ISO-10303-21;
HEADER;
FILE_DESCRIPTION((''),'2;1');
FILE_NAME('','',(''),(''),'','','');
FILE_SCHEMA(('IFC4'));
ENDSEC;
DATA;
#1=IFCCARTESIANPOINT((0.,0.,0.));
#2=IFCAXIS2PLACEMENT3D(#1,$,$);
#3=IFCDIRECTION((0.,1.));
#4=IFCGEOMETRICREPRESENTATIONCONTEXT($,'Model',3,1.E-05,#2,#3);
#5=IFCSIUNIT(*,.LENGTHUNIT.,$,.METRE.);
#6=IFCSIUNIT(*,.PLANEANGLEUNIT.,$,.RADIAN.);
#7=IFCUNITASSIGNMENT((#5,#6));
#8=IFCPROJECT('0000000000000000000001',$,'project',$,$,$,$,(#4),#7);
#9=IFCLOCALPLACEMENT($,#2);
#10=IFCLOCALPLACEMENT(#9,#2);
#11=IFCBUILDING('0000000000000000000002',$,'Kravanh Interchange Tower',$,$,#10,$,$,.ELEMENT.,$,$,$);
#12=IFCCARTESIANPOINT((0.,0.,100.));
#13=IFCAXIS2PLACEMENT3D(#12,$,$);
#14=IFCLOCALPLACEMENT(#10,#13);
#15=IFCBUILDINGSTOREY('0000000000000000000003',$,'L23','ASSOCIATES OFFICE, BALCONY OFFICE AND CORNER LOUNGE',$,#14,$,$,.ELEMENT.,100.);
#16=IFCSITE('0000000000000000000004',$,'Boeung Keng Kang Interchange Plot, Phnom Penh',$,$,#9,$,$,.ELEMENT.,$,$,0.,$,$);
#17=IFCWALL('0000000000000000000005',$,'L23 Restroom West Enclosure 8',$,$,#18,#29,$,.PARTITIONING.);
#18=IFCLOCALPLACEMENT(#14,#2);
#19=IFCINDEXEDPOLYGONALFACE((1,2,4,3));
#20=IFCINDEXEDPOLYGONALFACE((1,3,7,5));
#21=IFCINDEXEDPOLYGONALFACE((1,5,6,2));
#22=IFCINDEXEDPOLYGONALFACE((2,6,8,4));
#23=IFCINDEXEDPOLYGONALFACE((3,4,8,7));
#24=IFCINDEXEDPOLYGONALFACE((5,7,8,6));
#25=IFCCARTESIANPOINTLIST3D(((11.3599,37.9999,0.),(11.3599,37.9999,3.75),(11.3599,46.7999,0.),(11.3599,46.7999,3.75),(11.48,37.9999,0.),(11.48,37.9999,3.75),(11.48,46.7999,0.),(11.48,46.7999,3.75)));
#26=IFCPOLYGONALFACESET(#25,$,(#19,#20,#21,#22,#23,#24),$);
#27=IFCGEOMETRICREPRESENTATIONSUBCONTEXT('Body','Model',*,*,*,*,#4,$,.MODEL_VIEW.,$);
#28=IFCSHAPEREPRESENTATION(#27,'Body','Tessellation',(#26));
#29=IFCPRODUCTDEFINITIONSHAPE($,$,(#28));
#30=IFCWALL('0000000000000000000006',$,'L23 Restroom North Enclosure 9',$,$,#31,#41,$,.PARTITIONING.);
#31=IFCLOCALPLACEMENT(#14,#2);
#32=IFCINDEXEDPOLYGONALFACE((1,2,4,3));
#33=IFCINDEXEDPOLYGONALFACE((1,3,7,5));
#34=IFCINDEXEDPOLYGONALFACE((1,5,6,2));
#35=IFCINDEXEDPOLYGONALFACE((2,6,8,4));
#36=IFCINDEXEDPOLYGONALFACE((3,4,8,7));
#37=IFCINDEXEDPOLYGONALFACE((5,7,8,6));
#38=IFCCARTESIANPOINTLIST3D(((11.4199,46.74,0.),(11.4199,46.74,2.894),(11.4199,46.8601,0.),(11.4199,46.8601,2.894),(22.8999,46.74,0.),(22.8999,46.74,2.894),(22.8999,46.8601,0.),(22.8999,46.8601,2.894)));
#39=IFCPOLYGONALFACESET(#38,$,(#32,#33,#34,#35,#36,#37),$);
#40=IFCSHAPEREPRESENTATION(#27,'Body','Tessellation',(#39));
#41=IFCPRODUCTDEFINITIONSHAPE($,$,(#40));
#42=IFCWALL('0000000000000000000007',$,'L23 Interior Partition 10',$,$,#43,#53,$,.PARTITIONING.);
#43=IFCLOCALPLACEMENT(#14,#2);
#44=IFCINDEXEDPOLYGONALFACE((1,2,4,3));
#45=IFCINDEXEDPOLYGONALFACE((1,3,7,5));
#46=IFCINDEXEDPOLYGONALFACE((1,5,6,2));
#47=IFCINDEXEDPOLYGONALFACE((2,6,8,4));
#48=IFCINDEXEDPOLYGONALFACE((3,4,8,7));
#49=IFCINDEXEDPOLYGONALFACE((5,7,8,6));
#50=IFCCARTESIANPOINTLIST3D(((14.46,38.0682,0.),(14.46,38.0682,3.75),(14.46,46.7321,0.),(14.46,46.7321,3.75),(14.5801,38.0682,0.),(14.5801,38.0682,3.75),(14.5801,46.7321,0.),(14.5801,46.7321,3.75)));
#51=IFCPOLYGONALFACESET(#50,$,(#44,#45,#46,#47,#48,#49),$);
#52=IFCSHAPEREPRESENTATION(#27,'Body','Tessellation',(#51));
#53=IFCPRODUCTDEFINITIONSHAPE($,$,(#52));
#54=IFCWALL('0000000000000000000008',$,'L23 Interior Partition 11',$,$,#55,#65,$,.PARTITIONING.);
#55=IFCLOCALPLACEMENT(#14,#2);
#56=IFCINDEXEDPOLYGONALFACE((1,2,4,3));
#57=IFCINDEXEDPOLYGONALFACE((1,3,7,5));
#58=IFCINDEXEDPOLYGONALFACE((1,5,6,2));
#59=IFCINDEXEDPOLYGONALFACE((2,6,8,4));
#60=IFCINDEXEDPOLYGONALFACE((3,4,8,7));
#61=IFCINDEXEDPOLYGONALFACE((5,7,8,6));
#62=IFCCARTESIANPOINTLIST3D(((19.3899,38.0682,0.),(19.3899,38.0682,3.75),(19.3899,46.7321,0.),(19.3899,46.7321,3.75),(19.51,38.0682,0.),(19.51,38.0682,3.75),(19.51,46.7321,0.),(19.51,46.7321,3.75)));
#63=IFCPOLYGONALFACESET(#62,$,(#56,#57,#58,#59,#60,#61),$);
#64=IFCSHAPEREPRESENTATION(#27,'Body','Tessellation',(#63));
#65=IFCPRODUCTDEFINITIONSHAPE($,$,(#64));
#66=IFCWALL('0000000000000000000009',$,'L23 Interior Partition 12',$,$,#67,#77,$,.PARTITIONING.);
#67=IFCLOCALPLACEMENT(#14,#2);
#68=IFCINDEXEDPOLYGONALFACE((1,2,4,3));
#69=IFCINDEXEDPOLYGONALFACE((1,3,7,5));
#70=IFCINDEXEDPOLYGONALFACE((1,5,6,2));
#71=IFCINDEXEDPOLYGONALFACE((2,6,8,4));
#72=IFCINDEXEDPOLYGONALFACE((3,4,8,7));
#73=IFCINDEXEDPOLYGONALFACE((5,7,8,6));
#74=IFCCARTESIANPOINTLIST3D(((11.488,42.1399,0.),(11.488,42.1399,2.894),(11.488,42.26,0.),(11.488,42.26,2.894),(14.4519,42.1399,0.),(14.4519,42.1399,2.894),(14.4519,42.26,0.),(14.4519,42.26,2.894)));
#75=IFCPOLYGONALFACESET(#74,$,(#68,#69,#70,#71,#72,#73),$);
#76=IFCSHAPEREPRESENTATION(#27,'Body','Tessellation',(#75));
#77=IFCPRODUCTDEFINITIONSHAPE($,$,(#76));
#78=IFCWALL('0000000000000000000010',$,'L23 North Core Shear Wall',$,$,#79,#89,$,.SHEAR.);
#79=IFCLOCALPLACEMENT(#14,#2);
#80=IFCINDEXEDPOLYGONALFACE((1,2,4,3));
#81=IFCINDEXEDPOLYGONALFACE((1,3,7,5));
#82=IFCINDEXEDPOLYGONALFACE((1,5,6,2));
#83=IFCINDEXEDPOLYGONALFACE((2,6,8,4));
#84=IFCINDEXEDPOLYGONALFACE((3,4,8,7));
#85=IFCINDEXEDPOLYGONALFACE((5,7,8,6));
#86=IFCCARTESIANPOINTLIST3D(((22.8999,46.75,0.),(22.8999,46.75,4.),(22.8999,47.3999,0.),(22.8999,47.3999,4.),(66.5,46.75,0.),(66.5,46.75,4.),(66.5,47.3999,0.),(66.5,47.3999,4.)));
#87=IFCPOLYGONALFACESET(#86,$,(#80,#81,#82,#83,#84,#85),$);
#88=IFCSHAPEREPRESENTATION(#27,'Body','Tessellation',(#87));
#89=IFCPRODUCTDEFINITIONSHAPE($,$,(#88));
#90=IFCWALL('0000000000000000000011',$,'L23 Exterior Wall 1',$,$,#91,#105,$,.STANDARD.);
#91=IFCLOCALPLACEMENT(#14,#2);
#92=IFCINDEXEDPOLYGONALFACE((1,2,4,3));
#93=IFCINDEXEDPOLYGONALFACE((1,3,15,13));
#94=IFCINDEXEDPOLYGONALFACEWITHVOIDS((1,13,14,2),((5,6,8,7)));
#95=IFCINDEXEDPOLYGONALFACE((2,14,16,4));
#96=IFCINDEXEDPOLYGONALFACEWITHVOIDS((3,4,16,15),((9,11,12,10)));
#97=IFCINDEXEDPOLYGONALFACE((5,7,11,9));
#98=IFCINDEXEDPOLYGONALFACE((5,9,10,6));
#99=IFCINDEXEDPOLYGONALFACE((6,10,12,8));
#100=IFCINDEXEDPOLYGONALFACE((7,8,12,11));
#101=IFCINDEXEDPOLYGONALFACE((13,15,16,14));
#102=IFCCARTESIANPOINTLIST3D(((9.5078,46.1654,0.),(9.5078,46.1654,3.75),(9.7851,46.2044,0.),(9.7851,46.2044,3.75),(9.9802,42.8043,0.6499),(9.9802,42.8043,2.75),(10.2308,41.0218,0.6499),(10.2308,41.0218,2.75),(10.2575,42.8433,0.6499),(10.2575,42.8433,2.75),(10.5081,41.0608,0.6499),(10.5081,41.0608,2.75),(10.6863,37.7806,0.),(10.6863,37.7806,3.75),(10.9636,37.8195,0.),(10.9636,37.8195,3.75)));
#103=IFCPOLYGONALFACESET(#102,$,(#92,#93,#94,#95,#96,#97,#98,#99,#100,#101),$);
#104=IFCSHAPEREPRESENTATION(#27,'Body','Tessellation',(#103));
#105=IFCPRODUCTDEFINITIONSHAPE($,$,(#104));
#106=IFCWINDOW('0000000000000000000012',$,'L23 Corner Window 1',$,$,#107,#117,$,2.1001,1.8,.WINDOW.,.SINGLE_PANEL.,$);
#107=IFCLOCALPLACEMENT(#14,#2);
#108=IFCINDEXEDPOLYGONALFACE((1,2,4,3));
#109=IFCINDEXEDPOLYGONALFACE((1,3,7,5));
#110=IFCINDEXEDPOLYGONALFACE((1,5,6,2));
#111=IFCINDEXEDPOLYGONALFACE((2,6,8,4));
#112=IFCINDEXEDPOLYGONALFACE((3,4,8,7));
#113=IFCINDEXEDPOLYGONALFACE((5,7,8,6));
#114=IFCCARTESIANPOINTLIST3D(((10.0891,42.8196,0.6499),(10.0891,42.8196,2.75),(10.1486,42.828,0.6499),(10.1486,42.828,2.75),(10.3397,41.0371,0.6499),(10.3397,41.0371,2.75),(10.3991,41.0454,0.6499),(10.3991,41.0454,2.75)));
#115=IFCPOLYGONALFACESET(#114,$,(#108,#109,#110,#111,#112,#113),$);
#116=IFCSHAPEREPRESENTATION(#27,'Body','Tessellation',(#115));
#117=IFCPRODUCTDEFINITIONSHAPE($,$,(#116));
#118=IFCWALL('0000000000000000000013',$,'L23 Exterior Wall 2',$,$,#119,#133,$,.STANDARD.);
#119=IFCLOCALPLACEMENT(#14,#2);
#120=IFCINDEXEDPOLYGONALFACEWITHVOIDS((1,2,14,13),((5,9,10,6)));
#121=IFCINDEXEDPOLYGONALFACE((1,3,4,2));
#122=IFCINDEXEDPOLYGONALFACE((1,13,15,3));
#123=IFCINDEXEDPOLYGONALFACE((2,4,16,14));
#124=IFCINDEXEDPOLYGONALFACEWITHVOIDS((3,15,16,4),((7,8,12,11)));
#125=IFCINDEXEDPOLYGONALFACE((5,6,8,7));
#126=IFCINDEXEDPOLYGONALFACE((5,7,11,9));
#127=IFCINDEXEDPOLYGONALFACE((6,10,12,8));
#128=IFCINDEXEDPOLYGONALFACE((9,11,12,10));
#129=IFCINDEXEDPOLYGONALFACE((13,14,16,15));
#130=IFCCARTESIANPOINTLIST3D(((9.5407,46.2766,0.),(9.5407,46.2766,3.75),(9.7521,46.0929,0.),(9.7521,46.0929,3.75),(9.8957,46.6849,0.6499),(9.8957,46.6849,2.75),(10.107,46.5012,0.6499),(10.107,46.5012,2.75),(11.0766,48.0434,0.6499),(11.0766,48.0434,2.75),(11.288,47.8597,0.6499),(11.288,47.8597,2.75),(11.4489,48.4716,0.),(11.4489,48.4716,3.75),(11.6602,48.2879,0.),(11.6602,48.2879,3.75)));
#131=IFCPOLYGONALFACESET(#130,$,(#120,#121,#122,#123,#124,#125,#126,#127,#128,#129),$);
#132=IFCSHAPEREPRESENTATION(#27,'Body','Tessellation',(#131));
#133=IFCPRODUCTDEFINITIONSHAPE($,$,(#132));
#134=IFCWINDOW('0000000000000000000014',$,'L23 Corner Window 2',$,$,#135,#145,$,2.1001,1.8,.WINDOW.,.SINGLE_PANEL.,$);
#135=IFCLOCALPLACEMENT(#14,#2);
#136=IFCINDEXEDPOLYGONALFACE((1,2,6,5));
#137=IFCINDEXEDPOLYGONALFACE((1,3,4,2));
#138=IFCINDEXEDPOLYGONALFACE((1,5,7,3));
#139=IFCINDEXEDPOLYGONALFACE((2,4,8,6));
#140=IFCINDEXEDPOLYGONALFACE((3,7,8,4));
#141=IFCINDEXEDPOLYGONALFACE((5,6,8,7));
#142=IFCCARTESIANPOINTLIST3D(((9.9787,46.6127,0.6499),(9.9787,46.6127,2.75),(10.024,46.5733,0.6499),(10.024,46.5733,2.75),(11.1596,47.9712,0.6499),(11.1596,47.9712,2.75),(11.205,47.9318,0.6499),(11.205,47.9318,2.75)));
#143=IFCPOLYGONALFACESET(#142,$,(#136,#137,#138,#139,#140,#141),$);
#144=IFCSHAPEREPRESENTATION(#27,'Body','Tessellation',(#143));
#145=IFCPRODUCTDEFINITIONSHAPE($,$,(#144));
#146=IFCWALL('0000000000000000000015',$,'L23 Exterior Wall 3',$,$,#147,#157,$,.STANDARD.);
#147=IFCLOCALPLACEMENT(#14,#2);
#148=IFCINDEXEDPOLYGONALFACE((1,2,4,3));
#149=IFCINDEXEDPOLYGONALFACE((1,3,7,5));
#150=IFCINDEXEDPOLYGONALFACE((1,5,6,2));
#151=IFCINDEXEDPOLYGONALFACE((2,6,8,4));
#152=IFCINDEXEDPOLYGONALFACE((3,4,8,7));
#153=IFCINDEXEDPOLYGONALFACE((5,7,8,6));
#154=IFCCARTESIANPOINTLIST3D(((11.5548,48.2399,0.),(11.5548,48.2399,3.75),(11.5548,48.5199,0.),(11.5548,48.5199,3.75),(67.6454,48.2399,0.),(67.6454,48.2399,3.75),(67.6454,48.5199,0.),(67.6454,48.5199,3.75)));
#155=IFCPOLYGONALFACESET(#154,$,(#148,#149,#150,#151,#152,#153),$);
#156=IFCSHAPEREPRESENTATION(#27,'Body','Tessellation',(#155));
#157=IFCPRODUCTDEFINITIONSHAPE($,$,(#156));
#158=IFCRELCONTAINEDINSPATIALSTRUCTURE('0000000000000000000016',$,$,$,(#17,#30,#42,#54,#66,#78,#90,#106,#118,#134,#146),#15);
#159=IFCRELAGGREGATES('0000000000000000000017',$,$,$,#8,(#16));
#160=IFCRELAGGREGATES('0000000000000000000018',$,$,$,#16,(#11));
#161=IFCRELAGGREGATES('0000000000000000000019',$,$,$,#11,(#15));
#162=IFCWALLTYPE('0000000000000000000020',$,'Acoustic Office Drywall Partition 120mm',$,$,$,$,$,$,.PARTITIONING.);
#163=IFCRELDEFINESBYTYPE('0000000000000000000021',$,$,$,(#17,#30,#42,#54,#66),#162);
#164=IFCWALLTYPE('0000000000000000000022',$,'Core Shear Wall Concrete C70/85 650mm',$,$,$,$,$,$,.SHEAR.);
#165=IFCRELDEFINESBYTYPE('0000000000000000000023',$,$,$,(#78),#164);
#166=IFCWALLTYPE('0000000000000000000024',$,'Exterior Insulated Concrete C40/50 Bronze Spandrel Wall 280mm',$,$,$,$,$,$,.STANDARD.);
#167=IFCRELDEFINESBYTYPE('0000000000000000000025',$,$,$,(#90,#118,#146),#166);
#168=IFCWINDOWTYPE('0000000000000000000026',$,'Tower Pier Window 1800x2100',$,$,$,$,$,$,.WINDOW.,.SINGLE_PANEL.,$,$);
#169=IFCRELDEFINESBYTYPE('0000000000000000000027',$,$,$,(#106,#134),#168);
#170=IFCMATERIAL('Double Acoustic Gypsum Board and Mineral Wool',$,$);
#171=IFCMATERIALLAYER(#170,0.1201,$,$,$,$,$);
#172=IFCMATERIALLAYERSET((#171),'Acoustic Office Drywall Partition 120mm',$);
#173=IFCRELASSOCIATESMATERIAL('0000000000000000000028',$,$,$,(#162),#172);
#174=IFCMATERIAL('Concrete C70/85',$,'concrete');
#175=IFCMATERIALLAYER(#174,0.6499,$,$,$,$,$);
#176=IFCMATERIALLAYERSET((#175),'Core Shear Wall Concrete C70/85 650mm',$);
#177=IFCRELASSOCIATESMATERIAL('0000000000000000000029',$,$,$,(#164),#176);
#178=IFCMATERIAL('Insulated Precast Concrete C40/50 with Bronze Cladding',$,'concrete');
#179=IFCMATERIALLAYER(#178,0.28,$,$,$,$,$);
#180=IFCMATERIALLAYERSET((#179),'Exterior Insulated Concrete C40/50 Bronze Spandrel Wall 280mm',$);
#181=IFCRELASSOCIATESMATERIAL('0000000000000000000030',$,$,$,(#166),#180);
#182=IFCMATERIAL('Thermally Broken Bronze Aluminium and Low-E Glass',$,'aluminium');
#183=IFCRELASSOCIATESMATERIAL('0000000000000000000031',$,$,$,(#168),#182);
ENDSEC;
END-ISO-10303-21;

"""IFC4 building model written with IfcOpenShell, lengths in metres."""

from ifc_helpers import new_model, si_unit, direction, frame, frame_2d, origin, place, context, subcontext, project, spatial, rectangle, extrude, material, layer, layer_set, type_object, element, fill, save


model = new_model("IFC4")

# Units and contexts
model_context = context("Model", 3, precision=1e-05, world=origin(), true_north=direction((0.0, 1.0)))
body_context = subcontext(model_context, "Body", "Model", "MODEL_VIEW")
ifc_project = project(units=[si_unit("LENGTHUNIT", "METRE"), si_unit("PLANEANGLEUNIT", "RADIAN")], contexts=[model_context])

# Site, building, storey
site_placement = place(None, origin())
site = spatial("IfcSite", under=ifc_project, at=site_placement, Name="Boeung Keng Kang Interchange Plot, Phnom Penh", CompositionType="ELEMENT", RefElevation=0.0)
building_placement = place(site_placement, origin())
building = spatial("IfcBuilding", under=site, at=building_placement, Name="Kravanh Interchange Tower", CompositionType="ELEMENT")
storey_placement = place(building_placement, frame((0.0, 0.0, 100.0)))
storey = spatial("IfcBuildingStorey", under=building, at=storey_placement, Name="L23", Description="ASSOCIATES OFFICE, BALCONY OFFICE AND CORNER LOUNGE", CompositionType="ELEMENT", Elevation=100.0)

# Shared definitions
ifc_material_1 = material(Name="Double Acoustic Gypsum Board and Mineral Wool")
ifc_layer_1 = layer(ifc_material_1, 0.1201)
ifc_layer_set_1 = layer_set([ifc_layer_1], Name="Acoustic Office Drywall Partition 120mm")
wall_type_1 = type_object("IfcWallType", Name="Acoustic Office Drywall Partition 120mm", PredefinedType="PARTITIONING", material=ifc_layer_set_1)

# Walls
wall_1_placement = place(storey_placement, frame((11.4199, 38.0, 0.0), z_axis=(0.0, 0.0, 1.0), x_axis=(0.0, 1.0, 0.0)))
element("IfcWall", 1, at=wall_1_placement, inside=storey, type_object=wall_type_1, Name="L23 Restroom West Enclosure 8", PredefinedType="PARTITIONING", context=body_context, shape_type="SweptSolid", body=[
    extrude(rectangle(XDim=8.8, YDim=0.1201, at=frame_2d((4.3999, 0.0))), origin(), (0.0, 0.0, 1.0), 3.75),
])
wall_2_placement = place(storey_placement, frame((11.4199, 46.8, 0.0), z_axis=(0.0, 0.0, 1.0), x_axis=(1.0, 0.0, 0.0)))
element("IfcWall", 2, at=wall_2_placement, inside=storey, type_object=wall_type_1, Name="L23 Restroom North Enclosure 9", PredefinedType="PARTITIONING", context=body_context, shape_type="SweptSolid", body=[
    extrude(rectangle(XDim=11.48, YDim=0.1201, at=frame_2d((5.74, 0.0))), origin(), (0.0, 0.0, 1.0), 2.894),
])
for number, where, z_axis, x_axis, name in (
    (3, (14.52, 38.0681, 0.0), (0.0, 0.0, 1.0), (0.0, 1.0, 0.0), "L23 Interior Partition 10"),
    (4, (19.45, 38.0681, 0.0), (0.0, 0.0, 1.0), (0.0, 1.0, 0.0), "L23 Interior Partition 11"),
):
    element("IfcWall", number, at=place(storey_placement, frame(where, z_axis=z_axis, x_axis=x_axis)), inside=storey, type_object=wall_type_1, Name=name, PredefinedType="PARTITIONING", context=body_context, shape_type="SweptSolid", body=[
        extrude(rectangle(XDim=8.6638, YDim=0.1201, at=frame_2d((4.332, 0.0))), origin(), (0.0, 0.0, 1.0), 3.75),
    ])
wall_3_placement = place(storey_placement, frame((11.488, 42.2, 0.0), z_axis=(0.0, 0.0, 1.0), x_axis=(1.0, 0.0, 0.0)))
element("IfcWall", 5, at=wall_3_placement, inside=storey, type_object=wall_type_1, Name="L23 Interior Partition 12", PredefinedType="PARTITIONING", context=body_context, shape_type="SweptSolid", body=[
    extrude(rectangle(XDim=2.9639, YDim=0.1201, at=frame_2d((1.4819, 0.0))), origin(), (0.0, 0.0, 1.0), 2.894),
])
ifc_material_2 = material(Name="Concrete C70/85", Category="concrete")
ifc_layer_2 = layer(ifc_material_2, 0.6499)
ifc_layer_set_2 = layer_set([ifc_layer_2], Name="Core Shear Wall Concrete C70/85 650mm")
wall_type_2 = type_object("IfcWallType", Name="Core Shear Wall Concrete C70/85 650mm", PredefinedType="SHEAR", material=ifc_layer_set_2)
wall_4_placement = place(storey_placement, frame((22.8999, 47.075, 0.0), z_axis=(0.0, 0.0, 1.0), x_axis=(1.0, 0.0, 0.0)))
element("IfcWall", 6, at=wall_4_placement, inside=storey, type_object=wall_type_2, Name="L23 North Core Shear Wall", PredefinedType="SHEAR", context=body_context, shape_type="SweptSolid", body=[
    extrude(rectangle(XDim=43.6001, YDim=0.6499, at=frame_2d((21.8, 0.0))), origin(), (0.0, 0.0, 1.0), 4.0),
])

# Walls, openings, windows
ifc_material_3 = material(Name="Insulated Precast Concrete C40/50 with Bronze Cladding", Category="concrete")
ifc_layer_3 = layer(ifc_material_3, 0.28)
ifc_layer_set_3 = layer_set([ifc_layer_3], Name="Exterior Insulated Concrete C40/50 Bronze Spandrel Wall 280mm")
wall_type_3 = type_object("IfcWallType", Name="Exterior Insulated Concrete C40/50 Bronze Spandrel Wall 280mm", PredefinedType="STANDARD", material=ifc_layer_set_3)
wall_5_placement = place(storey_placement, frame((10.825, 37.8, 0.0), z_axis=(0.0, 0.0, 1.0), x_axis=(-0.139181, 0.990267, 0.0)))
wall_5 = element("IfcWall", 7, at=wall_5_placement, inside=storey, type_object=wall_type_3, Name="L23 Exterior Wall 1", PredefinedType="STANDARD", context=body_context, shape_type="SweptSolid", body=[
    extrude(rectangle(XDim=8.4673, YDim=0.28, at=frame_2d((4.2336, 0.0))), origin(), (0.0, 0.0, 1.0), 3.75),
])
opening_1_placement = place(wall_5_placement, frame((3.2732, 0.0, 0.6499)))
opening_1 = element("IfcOpeningElement", 8, at=opening_1_placement, cuts=wall_5, PredefinedType="OPENING", context=body_context, shape_type="SweptSolid", body=[
    extrude(rectangle(XDim=1.8, YDim=2.1001, at=frame_2d((0.8999, 1.05))), frame((0.0, 0.1499, 0.0), z_axis=(0.0, -1.0, 0.0), x_axis=(1.0, 0.0, 0.0)), (0.0, 0.0, 1.0), 0.3),
])
ifc_material_4 = material(Name="Thermally Broken Bronze Aluminium and Low-E Glass", Category="aluminium")
window_type = type_object("IfcWindowType", Name="Tower Pier Window 1800x2100", PartitioningType="SINGLE_PANEL", PredefinedType="WINDOW", material=ifc_material_4)
window_1_placement = place(opening_1_placement, origin())
window_1 = element("IfcWindow", 9, at=window_1_placement, inside=storey, type_object=window_type, Name="L23 Corner Window 1", OverallHeight=2.1001, OverallWidth=1.8, PartitioningType="SINGLE_PANEL", PredefinedType="WINDOW", context=body_context, shape_type="SweptSolid", body=[
    extrude(rectangle(XDim=1.8, YDim=2.1001, at=frame_2d((0.8999, 1.05))), frame((0.0, 0.03, 0.0), z_axis=(0.0, -1.0, 0.0), x_axis=(1.0, 0.0, 0.0)), (0.0, 0.0, 1.0), 0.0601),
])
fill(opening_1, window_1)
wall_6_placement = place(storey_placement, frame((9.6465, 46.1848, 0.0), z_axis=(0.0, 0.0, 1.0), x_axis=(0.656071, 0.754699, 0.0)))
wall_6 = element("IfcWall", 10, at=wall_6_placement, inside=storey, type_object=wall_type_3, Name="L23 Exterior Wall 2", PredefinedType="STANDARD", context=body_context, shape_type="SweptSolid", body=[
    extrude(rectangle(XDim=2.9084, YDim=0.28, at=frame_2d((1.4541, 0.0))), origin(), (0.0, 0.0, 1.0), 3.75),
])
opening_2_placement = place(wall_6_placement, frame((0.541, 0.0, 0.6499)))
opening_2 = element("IfcOpeningElement", 11, at=opening_2_placement, cuts=wall_6, PredefinedType="OPENING", context=body_context, shape_type="SweptSolid", body=[
    extrude(rectangle(XDim=1.8, YDim=2.1001, at=frame_2d((0.8999, 1.05))), frame((0.0, 0.1499, 0.0), z_axis=(0.0, -1.0, 0.0), x_axis=(1.0, 0.0, 0.0)), (0.0, 0.0, 1.0), 0.3),
])
window_2_placement = place(opening_2_placement, origin())
window_2 = element("IfcWindow", 12, at=window_2_placement, inside=storey, type_object=window_type, Name="L23 Corner Window 2", OverallHeight=2.1001, OverallWidth=1.8, PartitioningType="SINGLE_PANEL", PredefinedType="WINDOW", context=body_context, shape_type="SweptSolid", body=[
    extrude(rectangle(XDim=1.8, YDim=2.1001, at=frame_2d((0.8999, 1.05))), frame((0.0, 0.03, 0.0), z_axis=(0.0, -1.0, 0.0), x_axis=(1.0, 0.0, 0.0)), (0.0, 0.0, 1.0), 0.0601),
])
fill(opening_2, window_2)

# Wall
wall_7_placement = place(storey_placement, frame((11.5547, 48.3799, 0.0), z_axis=(0.0, 0.0, 1.0), x_axis=(1.0, 0.0, 0.0)))
element("IfcWall", 13, at=wall_7_placement, inside=storey, type_object=wall_type_3, Name="L23 Exterior Wall 3", PredefinedType="STANDARD", context=body_context, shape_type="SweptSolid", body=[
    extrude(rectangle(XDim=56.0906, YDim=0.28, at=frame_2d((28.0454, 0.0))), origin(), (0.0, 0.0, 1.0), 3.75),
])

save(model, "model.ifc")
